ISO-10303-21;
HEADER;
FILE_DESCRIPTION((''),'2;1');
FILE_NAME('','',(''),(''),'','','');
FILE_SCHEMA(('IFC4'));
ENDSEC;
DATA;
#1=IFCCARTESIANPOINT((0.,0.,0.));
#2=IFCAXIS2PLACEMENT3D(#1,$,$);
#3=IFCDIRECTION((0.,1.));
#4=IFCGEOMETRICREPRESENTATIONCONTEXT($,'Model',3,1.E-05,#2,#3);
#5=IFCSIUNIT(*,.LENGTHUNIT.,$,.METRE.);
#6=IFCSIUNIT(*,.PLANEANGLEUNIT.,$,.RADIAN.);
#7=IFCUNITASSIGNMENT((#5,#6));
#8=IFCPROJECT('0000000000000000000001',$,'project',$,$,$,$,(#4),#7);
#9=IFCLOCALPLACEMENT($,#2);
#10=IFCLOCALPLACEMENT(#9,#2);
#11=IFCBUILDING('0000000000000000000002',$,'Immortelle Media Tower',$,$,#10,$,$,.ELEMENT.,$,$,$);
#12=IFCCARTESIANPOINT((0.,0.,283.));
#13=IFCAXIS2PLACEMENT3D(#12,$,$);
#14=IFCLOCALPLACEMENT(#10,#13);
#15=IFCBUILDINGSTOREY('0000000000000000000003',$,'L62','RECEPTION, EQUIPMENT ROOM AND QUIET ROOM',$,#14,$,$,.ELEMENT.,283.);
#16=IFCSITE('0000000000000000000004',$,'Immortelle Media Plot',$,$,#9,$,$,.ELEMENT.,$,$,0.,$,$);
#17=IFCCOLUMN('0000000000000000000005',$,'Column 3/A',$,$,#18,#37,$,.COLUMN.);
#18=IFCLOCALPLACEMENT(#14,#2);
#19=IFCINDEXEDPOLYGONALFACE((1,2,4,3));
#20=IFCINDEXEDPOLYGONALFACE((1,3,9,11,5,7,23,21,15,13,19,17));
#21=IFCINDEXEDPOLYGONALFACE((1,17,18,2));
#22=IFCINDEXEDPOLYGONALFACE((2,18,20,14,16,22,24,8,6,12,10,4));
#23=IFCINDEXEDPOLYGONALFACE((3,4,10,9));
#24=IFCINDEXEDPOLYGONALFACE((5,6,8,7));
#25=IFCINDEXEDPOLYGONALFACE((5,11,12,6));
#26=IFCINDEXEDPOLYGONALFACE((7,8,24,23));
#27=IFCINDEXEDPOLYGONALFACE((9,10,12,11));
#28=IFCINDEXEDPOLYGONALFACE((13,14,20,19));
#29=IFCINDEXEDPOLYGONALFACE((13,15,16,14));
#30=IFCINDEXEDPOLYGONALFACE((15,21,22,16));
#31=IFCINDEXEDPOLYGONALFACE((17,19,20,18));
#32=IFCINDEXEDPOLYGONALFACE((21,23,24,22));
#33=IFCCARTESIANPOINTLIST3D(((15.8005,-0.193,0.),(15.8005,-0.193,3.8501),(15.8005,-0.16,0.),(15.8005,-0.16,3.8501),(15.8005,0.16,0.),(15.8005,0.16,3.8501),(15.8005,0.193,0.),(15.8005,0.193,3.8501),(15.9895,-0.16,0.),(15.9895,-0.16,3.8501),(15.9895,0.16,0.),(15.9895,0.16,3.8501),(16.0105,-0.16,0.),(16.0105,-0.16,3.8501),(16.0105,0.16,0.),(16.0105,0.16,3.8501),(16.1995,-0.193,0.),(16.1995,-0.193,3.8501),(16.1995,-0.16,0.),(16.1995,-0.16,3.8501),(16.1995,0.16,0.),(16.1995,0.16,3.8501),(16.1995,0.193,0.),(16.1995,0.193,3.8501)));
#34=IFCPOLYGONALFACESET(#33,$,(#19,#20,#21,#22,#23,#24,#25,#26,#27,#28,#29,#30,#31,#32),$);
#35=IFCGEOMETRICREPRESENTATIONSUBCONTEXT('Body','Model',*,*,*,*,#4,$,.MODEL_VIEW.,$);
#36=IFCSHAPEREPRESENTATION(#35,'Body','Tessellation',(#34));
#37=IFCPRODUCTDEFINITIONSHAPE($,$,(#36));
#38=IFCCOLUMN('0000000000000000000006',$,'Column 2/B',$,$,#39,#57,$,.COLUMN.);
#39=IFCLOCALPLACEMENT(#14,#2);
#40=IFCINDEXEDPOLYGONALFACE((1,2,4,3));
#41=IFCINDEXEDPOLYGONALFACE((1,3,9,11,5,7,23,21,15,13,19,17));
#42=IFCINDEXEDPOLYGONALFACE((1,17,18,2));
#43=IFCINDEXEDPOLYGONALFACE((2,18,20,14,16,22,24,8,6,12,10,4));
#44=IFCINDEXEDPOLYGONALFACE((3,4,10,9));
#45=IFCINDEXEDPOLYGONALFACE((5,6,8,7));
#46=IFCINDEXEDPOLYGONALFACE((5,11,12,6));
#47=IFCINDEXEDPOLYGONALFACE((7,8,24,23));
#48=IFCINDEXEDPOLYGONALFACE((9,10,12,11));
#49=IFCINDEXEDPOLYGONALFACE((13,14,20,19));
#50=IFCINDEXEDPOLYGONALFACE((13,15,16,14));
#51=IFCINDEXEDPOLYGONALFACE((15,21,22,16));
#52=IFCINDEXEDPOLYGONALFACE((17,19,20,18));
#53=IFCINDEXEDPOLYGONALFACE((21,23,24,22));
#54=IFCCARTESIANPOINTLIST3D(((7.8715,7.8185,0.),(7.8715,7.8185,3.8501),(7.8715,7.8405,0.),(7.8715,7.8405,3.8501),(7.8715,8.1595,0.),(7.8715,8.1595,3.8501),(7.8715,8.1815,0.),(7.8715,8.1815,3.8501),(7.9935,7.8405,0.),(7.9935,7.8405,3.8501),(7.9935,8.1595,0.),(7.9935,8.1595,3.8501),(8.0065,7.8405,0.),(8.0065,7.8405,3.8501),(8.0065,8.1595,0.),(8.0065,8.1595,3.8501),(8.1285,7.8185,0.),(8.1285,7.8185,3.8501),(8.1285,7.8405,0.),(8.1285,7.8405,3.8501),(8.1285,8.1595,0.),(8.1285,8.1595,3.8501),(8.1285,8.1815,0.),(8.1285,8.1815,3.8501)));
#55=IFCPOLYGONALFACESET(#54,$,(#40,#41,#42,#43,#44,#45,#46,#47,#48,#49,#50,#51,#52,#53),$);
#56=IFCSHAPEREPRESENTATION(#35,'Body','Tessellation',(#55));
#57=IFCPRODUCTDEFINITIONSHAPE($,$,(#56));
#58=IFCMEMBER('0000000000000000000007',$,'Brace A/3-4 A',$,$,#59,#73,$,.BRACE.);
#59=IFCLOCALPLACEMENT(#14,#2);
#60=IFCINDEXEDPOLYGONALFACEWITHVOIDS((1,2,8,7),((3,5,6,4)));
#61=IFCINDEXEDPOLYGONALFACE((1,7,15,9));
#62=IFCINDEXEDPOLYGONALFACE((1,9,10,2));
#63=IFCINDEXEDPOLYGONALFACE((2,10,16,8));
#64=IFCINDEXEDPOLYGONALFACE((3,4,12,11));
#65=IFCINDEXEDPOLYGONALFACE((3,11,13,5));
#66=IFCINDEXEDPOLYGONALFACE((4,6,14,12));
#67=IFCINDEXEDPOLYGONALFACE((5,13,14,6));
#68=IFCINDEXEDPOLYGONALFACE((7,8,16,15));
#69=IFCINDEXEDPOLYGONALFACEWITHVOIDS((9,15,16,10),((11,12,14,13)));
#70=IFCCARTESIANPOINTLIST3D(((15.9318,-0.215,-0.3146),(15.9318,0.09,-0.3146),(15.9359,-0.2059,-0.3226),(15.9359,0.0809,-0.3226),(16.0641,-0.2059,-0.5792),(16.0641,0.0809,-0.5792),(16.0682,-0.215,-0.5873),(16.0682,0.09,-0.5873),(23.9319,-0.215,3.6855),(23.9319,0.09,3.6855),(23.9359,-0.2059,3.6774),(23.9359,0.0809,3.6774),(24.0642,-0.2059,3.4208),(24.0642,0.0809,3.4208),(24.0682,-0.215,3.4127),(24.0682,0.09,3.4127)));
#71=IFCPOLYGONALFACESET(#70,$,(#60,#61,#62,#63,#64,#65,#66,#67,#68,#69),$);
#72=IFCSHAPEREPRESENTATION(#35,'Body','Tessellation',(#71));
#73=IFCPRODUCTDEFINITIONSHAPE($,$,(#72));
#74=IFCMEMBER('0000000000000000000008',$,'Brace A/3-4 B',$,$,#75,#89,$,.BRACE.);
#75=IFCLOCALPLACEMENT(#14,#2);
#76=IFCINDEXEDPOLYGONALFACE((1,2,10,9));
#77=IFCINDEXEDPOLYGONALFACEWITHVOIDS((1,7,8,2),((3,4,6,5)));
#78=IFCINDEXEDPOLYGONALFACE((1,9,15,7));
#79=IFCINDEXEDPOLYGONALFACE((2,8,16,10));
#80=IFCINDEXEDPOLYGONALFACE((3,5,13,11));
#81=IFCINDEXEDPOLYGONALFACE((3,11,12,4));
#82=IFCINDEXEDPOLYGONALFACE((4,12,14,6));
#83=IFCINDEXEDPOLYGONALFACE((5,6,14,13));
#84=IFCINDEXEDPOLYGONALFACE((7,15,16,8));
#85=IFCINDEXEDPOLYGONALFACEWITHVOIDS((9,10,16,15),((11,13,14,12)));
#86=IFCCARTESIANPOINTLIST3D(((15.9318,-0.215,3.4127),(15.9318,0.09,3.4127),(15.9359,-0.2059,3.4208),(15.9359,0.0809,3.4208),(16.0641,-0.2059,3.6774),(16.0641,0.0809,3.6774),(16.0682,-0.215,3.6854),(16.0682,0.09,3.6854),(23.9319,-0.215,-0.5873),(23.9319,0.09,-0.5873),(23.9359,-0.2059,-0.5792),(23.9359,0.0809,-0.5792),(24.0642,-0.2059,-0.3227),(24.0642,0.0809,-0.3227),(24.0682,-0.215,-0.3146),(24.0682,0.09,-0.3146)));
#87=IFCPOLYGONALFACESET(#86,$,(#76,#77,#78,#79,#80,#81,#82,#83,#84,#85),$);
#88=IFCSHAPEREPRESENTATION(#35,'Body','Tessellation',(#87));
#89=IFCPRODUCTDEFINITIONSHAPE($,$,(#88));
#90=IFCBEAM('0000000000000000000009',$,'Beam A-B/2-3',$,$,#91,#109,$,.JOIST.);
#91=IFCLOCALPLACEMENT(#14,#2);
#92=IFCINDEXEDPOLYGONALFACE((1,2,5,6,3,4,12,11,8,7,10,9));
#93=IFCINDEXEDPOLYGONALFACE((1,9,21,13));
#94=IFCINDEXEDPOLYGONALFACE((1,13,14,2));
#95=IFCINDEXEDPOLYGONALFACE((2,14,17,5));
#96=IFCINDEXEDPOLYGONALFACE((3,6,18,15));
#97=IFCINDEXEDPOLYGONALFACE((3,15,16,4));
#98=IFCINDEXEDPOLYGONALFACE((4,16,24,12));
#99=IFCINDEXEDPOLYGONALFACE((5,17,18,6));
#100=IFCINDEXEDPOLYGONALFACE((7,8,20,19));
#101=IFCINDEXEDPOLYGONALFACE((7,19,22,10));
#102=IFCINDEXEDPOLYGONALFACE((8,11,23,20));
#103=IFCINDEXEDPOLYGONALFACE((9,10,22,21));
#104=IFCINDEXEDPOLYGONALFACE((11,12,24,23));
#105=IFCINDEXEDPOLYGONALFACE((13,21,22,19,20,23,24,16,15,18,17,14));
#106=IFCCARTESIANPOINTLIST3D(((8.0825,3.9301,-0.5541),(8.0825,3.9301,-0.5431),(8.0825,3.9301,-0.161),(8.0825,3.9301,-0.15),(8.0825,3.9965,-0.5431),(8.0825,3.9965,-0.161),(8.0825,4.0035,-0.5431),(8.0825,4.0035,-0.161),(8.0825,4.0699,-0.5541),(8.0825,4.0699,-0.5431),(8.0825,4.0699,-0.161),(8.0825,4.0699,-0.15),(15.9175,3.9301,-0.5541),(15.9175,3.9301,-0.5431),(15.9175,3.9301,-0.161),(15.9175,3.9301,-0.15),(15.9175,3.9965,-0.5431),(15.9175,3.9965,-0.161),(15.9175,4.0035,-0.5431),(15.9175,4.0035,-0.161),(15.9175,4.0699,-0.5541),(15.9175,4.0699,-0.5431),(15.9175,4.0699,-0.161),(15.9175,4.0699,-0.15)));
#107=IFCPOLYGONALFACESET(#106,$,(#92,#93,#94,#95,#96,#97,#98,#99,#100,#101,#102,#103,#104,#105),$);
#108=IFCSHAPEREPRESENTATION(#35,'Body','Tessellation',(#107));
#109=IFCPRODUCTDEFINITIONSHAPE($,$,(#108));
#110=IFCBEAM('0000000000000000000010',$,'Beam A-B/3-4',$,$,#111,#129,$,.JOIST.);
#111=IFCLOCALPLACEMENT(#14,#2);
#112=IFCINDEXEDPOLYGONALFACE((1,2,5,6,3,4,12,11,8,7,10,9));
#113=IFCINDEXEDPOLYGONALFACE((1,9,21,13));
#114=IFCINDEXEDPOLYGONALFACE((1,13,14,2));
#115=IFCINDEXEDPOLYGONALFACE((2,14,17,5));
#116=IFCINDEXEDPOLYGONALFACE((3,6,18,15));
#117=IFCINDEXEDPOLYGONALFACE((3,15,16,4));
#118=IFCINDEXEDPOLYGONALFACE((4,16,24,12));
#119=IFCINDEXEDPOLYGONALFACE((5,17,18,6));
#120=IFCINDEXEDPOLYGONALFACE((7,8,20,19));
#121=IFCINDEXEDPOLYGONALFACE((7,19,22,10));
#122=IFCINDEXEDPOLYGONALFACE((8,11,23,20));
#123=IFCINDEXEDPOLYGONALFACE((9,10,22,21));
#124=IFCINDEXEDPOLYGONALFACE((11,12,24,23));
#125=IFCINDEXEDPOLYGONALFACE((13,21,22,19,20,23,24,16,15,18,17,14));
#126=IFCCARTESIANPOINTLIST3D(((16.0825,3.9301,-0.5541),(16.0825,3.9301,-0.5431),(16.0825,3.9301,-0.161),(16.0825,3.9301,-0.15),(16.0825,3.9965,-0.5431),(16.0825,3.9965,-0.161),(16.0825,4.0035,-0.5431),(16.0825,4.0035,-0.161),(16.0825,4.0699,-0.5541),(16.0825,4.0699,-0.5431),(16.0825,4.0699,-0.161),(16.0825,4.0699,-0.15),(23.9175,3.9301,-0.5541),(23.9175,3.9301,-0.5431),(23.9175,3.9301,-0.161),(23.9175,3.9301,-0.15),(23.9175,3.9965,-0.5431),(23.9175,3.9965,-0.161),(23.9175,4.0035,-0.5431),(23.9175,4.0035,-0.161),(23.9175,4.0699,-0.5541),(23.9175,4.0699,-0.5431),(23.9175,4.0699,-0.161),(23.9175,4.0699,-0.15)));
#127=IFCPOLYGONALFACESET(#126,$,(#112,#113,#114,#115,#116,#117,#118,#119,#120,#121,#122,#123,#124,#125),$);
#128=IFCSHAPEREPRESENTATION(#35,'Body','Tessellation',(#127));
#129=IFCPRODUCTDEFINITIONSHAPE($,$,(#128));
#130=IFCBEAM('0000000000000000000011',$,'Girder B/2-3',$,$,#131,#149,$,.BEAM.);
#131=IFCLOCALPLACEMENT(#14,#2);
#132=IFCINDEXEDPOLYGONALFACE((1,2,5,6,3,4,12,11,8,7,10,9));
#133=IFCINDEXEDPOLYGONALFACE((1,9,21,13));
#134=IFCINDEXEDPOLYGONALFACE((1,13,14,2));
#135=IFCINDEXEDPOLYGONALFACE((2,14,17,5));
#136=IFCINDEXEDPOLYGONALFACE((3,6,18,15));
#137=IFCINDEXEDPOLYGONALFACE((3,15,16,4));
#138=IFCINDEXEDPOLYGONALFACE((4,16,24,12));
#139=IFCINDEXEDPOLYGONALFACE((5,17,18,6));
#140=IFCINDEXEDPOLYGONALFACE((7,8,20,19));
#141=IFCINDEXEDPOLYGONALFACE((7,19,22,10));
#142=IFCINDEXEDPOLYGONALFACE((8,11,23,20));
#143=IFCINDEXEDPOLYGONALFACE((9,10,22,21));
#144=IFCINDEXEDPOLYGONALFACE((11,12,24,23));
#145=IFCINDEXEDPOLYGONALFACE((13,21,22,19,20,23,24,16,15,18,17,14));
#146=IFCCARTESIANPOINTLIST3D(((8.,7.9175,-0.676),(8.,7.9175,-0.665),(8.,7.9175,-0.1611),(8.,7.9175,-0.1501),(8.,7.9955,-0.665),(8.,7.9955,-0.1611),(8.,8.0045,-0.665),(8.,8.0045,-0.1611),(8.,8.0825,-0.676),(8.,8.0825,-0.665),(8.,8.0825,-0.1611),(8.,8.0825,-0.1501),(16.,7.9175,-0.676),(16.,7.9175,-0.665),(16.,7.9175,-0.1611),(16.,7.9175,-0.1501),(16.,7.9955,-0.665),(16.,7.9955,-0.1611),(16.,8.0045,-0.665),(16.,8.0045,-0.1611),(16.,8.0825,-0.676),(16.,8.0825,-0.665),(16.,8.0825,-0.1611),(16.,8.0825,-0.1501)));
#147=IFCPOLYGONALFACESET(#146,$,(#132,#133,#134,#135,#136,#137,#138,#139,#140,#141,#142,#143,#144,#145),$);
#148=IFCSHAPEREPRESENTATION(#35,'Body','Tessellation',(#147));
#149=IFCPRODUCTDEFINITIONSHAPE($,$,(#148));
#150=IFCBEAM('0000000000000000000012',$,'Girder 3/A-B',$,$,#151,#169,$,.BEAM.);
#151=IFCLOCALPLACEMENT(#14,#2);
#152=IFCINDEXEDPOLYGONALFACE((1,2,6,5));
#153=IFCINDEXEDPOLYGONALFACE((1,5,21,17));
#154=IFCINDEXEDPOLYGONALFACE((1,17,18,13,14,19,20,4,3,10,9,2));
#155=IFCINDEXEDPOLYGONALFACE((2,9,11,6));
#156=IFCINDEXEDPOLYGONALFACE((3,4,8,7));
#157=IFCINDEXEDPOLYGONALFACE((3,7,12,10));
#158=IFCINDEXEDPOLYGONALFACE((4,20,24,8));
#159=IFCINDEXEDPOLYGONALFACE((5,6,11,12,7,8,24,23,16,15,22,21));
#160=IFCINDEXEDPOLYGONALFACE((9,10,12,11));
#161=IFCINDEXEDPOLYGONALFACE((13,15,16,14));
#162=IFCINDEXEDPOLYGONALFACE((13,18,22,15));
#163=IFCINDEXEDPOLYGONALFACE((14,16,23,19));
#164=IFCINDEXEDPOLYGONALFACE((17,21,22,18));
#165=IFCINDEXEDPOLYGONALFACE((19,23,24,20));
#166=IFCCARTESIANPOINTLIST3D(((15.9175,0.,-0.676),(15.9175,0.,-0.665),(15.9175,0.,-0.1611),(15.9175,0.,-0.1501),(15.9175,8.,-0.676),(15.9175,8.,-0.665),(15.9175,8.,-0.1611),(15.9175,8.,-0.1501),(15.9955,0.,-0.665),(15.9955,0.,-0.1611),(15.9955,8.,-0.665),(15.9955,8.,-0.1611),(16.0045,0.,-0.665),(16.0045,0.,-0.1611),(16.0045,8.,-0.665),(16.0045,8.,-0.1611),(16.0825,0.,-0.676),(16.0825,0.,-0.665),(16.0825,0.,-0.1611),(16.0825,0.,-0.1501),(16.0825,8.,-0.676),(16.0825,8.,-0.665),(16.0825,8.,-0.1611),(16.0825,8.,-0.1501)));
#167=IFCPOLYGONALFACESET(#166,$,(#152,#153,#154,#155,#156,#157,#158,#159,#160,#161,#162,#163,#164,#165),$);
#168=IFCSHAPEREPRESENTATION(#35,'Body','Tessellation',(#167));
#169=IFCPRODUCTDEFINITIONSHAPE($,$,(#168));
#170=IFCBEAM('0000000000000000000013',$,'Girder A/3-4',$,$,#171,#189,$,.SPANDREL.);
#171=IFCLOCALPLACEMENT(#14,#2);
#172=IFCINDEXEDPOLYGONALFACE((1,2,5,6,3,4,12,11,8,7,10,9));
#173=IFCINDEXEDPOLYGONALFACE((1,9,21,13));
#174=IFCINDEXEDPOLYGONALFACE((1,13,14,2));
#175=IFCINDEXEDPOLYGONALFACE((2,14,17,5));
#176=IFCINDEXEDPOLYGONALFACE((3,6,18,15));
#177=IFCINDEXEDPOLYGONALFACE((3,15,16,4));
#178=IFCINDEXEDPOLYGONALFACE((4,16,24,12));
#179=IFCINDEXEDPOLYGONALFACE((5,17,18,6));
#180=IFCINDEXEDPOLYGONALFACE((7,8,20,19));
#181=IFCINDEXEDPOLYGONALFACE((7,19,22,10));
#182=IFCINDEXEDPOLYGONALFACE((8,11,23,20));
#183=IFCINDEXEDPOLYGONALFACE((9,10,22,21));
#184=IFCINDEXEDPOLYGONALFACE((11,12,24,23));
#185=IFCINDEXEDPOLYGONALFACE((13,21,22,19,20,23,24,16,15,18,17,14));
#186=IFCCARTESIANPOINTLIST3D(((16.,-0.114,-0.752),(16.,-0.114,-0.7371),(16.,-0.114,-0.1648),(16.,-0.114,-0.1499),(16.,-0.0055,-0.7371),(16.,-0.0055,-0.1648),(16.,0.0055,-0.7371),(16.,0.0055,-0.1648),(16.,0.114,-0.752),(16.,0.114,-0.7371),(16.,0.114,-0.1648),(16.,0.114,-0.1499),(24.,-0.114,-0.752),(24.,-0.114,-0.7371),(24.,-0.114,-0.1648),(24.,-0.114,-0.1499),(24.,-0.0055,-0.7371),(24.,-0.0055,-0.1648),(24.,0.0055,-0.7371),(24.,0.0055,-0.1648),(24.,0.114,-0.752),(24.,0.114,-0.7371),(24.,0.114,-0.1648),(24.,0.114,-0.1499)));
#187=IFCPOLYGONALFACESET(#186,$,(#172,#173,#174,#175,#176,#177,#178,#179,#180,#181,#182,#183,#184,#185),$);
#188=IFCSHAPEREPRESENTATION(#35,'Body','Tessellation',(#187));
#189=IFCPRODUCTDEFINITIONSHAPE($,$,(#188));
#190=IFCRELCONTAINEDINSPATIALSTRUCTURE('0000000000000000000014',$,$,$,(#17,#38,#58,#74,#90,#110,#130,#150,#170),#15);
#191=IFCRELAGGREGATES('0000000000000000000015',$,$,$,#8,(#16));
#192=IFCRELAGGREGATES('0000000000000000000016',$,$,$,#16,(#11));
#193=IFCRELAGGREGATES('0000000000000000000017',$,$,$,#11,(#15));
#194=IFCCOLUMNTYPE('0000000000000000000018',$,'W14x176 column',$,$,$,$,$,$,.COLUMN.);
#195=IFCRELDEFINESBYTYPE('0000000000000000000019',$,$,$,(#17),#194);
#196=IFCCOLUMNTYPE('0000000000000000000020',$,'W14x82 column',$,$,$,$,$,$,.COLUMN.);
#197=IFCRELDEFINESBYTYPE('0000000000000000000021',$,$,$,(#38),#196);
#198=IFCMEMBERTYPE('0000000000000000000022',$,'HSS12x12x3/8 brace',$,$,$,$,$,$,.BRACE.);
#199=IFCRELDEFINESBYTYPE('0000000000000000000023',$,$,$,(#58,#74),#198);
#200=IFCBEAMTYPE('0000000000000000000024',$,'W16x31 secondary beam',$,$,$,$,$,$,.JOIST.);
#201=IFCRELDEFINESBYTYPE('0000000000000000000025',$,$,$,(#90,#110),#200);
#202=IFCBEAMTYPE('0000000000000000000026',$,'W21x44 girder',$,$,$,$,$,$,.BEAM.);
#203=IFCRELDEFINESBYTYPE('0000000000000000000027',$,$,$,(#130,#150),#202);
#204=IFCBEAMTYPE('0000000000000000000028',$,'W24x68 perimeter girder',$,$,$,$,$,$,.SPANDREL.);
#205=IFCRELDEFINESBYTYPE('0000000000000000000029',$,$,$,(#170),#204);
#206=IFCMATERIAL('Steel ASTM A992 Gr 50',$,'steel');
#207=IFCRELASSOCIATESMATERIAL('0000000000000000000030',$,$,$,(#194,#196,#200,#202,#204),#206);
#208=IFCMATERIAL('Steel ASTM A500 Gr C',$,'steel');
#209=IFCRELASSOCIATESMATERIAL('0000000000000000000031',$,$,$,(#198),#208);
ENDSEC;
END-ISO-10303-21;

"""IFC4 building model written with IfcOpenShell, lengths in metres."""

from ifc_helpers import new_model, si_unit, direction, frame, origin, origin_2d, place, context, subcontext, project, spatial, hollow_rectangle, i_section, extrude, material, material_profile, profile_set, type_object, element, save


model = new_model("IFC4")

# Units and contexts
model_context = context("Model", 3, precision=1e-05, world=origin(), true_north=direction((0.0, 1.0)))
body_context = subcontext(model_context, "Body", "Model", "MODEL_VIEW")
ifc_project = project(units=[si_unit("LENGTHUNIT", "METRE"), si_unit("PLANEANGLEUNIT", "RADIAN")], contexts=[model_context])

# Site, building, storey
site_placement = place(None, origin())
site = spatial("IfcSite", under=ifc_project, at=site_placement, Name="Immortelle Media Plot", CompositionType="ELEMENT", RefElevation=0.0)
building_placement = place(site_placement, origin())
building = spatial("IfcBuilding", under=site, at=building_placement, Name="Immortelle Media Tower", CompositionType="ELEMENT")
storey_placement = place(building_placement, frame((0.0, 0.0, 283.0)))
storey = spatial("IfcBuildingStorey", under=building, at=storey_placement, Name="L62", Description="RECEPTION, EQUIPMENT ROOM AND QUIET ROOM", CompositionType="ELEMENT", Elevation=283.0)

# Columns
ifc_material_1 = material(Name="Steel ASTM A992 Gr 50", Category="steel")
ifc_material_profile_1 = material_profile(ifc_material_1, i_section(OverallWidth=0.3989, OverallDepth=0.386, WebThickness=0.021, FlangeThickness=0.033, at=origin_2d()), Name="W14x176")
ifc_profile_set_1 = profile_set([ifc_material_profile_1], Name="Steel ASTM A992 Gr 50")
column_type_1 = type_object("IfcColumnType", Name="W14x176 column", PredefinedType="COLUMN", material=ifc_profile_set_1)
column_1_placement = place(storey_placement, frame((16.0, 0.0, 0.0), z_axis=(0.0, 0.0, 1.0), x_axis=(1.0, 0.0, 0.0)))
element("IfcColumn", 1, at=column_1_placement, inside=storey, type_object=column_type_1, Name="Column 3/A", PredefinedType="COLUMN", context=body_context, shape_type="SweptSolid", body=[
    extrude(i_section(OverallWidth=0.3989, OverallDepth=0.386, WebThickness=0.021, FlangeThickness=0.033, at=origin_2d()), origin(), (0.0, 0.0, 1.0), 3.8501),
])
ifc_material_profile_2 = material_profile(ifc_material_1, i_section(OverallWidth=0.2571, OverallDepth=0.363, WebThickness=0.0129, FlangeThickness=0.022, at=origin_2d()), Name="W14x82")
ifc_profile_set_2 = profile_set([ifc_material_profile_2], Name="Steel ASTM A992 Gr 50")
column_type_2 = type_object("IfcColumnType", Name="W14x82 column", PredefinedType="COLUMN", material=ifc_profile_set_2)
column_2_placement = place(storey_placement, frame((8.0, 8.0, 0.0), z_axis=(0.0, 0.0, 1.0), x_axis=(1.0, 0.0, 0.0)))
element("IfcColumn", 2, at=column_2_placement, inside=storey, type_object=column_type_2, Name="Column 2/B", PredefinedType="COLUMN", context=body_context, shape_type="SweptSolid", body=[
    extrude(i_section(OverallWidth=0.2571, OverallDepth=0.363, WebThickness=0.0129, FlangeThickness=0.022, at=origin_2d()), origin(), (0.0, 0.0, 1.0), 3.8501),
])

# Members
ifc_material_2 = material(Name="Steel ASTM A500 Gr C", Category="steel")
ifc_material_profile_3 = material_profile(ifc_material_2, hollow_rectangle(XDim=0.3049, YDim=0.3049, WallThickness=0.009, at=origin_2d()), Name="HSS12x12x3/8 brace")
ifc_profile_set_3 = profile_set([ifc_material_profile_3], Name="Steel ASTM A500 Gr C")
member_type = type_object("IfcMemberType", Name="HSS12x12x3/8 brace", PredefinedType="BRACE", material=ifc_profile_set_3)
for number, where, z_axis, x_axis, name in (
    (3, (16.0, -0.0625, -0.4509), (0.894427, 0.0, 0.447214), (0.0, 1.0, 0.0), "Brace A/3-4 A"),
    (4, (16.0, -0.0625, 3.5491), (0.894427, 0.0, -0.447214), (0.0, 1.0, 0.0), "Brace A/3-4 B"),
):
    element("IfcMember", number, at=place(storey_placement, frame(where, z_axis=z_axis, x_axis=x_axis)), inside=storey, type_object=member_type, Name=name, PredefinedType="BRACE", context=body_context, shape_type="SweptSolid", body=[
        extrude(hollow_rectangle(XDim=0.3049, YDim=0.3049, WallThickness=0.009, at=origin_2d()), origin(), (0.0, 0.0, 1.0), 8.9443),
    ])

# Beams
ifc_material_profile_4 = material_profile(ifc_material_1, i_section(OverallWidth=0.1399, OverallDepth=0.4041, WebThickness=0.0071, FlangeThickness=0.011, at=origin_2d()), Name="W16x31")
ifc_profile_set_4 = profile_set([ifc_material_profile_4], Name="Steel ASTM A992 Gr 50")
beam_type_1 = type_object("IfcBeamType", Name="W16x31 secondary beam", PredefinedType="JOIST", material=ifc_profile_set_4)
for number, where, z_axis, x_axis, name in (
    (5, (8.0825, 4.0, -0.3521), (1.0, 0.0, 0.0), (0.0, 1.0, 0.0), "Beam A-B/2-3"),
    (6, (16.0825, 4.0, -0.3521), (1.0, 0.0, 0.0), (0.0, 1.0, 0.0), "Beam A-B/3-4"),
):
    element("IfcBeam", number, at=place(storey_placement, frame(where, z_axis=z_axis, x_axis=x_axis)), inside=storey, type_object=beam_type_1, Name=name, PredefinedType="JOIST", context=body_context, shape_type="SweptSolid", body=[
        extrude(i_section(OverallWidth=0.1399, OverallDepth=0.4041, WebThickness=0.0071, FlangeThickness=0.011, at=origin_2d()), origin(), (0.0, 0.0, 1.0), 7.835),
    ])
ifc_material_profile_5 = material_profile(ifc_material_1, i_section(OverallWidth=0.165, OverallDepth=0.5259, WebThickness=0.009, FlangeThickness=0.011, at=origin_2d()), Name="W21x44")
ifc_profile_set_5 = profile_set([ifc_material_profile_5], Name="Steel ASTM A992 Gr 50")
beam_type_2 = type_object("IfcBeamType", Name="W21x44 girder", PredefinedType="BEAM", material=ifc_profile_set_5)
for number, where, z_axis, x_axis, name in (
    (7, (8.0, 8.0, -0.4131), (1.0, 0.0, 0.0), (0.0, 1.0, 0.0), "Girder B/2-3"),
    (8, (16.0, 0.0, -0.4131), (0.0, 1.0, 0.0), (-1.0, 0.0, 0.0), "Girder 3/A-B"),
):
    element("IfcBeam", number, at=place(storey_placement, frame(where, z_axis=z_axis, x_axis=x_axis)), inside=storey, type_object=beam_type_2, Name=name, PredefinedType="BEAM", context=body_context, shape_type="SweptSolid", body=[
        extrude(i_section(OverallWidth=0.165, OverallDepth=0.5259, WebThickness=0.009, FlangeThickness=0.011, at=origin_2d()), origin(), (0.0, 0.0, 1.0), 8.0),
    ])
ifc_material_profile_6 = material_profile(ifc_material_1, i_section(OverallWidth=0.228, OverallDepth=0.6021, WebThickness=0.011, FlangeThickness=0.0149, at=origin_2d()), Name="W24x68")
ifc_profile_set_6 = profile_set([ifc_material_profile_6], Name="Steel ASTM A992 Gr 50")
beam_type_3 = type_object("IfcBeamType", Name="W24x68 perimeter girder", PredefinedType="SPANDREL", material=ifc_profile_set_6)
beam_placement = place(storey_placement, frame((16.0, 0.0, -0.4509), z_axis=(1.0, 0.0, 0.0), x_axis=(0.0, 1.0, 0.0)))
element("IfcBeam", 9, at=beam_placement, inside=storey, type_object=beam_type_3, Name="Girder A/3-4", PredefinedType="SPANDREL", context=body_context, shape_type="SweptSolid", body=[
    extrude(i_section(OverallWidth=0.228, OverallDepth=0.6021, WebThickness=0.011, FlangeThickness=0.0149, at=origin_2d()), origin(), (0.0, 0.0, 1.0), 8.0),
])

save(model, "model.ifc")
